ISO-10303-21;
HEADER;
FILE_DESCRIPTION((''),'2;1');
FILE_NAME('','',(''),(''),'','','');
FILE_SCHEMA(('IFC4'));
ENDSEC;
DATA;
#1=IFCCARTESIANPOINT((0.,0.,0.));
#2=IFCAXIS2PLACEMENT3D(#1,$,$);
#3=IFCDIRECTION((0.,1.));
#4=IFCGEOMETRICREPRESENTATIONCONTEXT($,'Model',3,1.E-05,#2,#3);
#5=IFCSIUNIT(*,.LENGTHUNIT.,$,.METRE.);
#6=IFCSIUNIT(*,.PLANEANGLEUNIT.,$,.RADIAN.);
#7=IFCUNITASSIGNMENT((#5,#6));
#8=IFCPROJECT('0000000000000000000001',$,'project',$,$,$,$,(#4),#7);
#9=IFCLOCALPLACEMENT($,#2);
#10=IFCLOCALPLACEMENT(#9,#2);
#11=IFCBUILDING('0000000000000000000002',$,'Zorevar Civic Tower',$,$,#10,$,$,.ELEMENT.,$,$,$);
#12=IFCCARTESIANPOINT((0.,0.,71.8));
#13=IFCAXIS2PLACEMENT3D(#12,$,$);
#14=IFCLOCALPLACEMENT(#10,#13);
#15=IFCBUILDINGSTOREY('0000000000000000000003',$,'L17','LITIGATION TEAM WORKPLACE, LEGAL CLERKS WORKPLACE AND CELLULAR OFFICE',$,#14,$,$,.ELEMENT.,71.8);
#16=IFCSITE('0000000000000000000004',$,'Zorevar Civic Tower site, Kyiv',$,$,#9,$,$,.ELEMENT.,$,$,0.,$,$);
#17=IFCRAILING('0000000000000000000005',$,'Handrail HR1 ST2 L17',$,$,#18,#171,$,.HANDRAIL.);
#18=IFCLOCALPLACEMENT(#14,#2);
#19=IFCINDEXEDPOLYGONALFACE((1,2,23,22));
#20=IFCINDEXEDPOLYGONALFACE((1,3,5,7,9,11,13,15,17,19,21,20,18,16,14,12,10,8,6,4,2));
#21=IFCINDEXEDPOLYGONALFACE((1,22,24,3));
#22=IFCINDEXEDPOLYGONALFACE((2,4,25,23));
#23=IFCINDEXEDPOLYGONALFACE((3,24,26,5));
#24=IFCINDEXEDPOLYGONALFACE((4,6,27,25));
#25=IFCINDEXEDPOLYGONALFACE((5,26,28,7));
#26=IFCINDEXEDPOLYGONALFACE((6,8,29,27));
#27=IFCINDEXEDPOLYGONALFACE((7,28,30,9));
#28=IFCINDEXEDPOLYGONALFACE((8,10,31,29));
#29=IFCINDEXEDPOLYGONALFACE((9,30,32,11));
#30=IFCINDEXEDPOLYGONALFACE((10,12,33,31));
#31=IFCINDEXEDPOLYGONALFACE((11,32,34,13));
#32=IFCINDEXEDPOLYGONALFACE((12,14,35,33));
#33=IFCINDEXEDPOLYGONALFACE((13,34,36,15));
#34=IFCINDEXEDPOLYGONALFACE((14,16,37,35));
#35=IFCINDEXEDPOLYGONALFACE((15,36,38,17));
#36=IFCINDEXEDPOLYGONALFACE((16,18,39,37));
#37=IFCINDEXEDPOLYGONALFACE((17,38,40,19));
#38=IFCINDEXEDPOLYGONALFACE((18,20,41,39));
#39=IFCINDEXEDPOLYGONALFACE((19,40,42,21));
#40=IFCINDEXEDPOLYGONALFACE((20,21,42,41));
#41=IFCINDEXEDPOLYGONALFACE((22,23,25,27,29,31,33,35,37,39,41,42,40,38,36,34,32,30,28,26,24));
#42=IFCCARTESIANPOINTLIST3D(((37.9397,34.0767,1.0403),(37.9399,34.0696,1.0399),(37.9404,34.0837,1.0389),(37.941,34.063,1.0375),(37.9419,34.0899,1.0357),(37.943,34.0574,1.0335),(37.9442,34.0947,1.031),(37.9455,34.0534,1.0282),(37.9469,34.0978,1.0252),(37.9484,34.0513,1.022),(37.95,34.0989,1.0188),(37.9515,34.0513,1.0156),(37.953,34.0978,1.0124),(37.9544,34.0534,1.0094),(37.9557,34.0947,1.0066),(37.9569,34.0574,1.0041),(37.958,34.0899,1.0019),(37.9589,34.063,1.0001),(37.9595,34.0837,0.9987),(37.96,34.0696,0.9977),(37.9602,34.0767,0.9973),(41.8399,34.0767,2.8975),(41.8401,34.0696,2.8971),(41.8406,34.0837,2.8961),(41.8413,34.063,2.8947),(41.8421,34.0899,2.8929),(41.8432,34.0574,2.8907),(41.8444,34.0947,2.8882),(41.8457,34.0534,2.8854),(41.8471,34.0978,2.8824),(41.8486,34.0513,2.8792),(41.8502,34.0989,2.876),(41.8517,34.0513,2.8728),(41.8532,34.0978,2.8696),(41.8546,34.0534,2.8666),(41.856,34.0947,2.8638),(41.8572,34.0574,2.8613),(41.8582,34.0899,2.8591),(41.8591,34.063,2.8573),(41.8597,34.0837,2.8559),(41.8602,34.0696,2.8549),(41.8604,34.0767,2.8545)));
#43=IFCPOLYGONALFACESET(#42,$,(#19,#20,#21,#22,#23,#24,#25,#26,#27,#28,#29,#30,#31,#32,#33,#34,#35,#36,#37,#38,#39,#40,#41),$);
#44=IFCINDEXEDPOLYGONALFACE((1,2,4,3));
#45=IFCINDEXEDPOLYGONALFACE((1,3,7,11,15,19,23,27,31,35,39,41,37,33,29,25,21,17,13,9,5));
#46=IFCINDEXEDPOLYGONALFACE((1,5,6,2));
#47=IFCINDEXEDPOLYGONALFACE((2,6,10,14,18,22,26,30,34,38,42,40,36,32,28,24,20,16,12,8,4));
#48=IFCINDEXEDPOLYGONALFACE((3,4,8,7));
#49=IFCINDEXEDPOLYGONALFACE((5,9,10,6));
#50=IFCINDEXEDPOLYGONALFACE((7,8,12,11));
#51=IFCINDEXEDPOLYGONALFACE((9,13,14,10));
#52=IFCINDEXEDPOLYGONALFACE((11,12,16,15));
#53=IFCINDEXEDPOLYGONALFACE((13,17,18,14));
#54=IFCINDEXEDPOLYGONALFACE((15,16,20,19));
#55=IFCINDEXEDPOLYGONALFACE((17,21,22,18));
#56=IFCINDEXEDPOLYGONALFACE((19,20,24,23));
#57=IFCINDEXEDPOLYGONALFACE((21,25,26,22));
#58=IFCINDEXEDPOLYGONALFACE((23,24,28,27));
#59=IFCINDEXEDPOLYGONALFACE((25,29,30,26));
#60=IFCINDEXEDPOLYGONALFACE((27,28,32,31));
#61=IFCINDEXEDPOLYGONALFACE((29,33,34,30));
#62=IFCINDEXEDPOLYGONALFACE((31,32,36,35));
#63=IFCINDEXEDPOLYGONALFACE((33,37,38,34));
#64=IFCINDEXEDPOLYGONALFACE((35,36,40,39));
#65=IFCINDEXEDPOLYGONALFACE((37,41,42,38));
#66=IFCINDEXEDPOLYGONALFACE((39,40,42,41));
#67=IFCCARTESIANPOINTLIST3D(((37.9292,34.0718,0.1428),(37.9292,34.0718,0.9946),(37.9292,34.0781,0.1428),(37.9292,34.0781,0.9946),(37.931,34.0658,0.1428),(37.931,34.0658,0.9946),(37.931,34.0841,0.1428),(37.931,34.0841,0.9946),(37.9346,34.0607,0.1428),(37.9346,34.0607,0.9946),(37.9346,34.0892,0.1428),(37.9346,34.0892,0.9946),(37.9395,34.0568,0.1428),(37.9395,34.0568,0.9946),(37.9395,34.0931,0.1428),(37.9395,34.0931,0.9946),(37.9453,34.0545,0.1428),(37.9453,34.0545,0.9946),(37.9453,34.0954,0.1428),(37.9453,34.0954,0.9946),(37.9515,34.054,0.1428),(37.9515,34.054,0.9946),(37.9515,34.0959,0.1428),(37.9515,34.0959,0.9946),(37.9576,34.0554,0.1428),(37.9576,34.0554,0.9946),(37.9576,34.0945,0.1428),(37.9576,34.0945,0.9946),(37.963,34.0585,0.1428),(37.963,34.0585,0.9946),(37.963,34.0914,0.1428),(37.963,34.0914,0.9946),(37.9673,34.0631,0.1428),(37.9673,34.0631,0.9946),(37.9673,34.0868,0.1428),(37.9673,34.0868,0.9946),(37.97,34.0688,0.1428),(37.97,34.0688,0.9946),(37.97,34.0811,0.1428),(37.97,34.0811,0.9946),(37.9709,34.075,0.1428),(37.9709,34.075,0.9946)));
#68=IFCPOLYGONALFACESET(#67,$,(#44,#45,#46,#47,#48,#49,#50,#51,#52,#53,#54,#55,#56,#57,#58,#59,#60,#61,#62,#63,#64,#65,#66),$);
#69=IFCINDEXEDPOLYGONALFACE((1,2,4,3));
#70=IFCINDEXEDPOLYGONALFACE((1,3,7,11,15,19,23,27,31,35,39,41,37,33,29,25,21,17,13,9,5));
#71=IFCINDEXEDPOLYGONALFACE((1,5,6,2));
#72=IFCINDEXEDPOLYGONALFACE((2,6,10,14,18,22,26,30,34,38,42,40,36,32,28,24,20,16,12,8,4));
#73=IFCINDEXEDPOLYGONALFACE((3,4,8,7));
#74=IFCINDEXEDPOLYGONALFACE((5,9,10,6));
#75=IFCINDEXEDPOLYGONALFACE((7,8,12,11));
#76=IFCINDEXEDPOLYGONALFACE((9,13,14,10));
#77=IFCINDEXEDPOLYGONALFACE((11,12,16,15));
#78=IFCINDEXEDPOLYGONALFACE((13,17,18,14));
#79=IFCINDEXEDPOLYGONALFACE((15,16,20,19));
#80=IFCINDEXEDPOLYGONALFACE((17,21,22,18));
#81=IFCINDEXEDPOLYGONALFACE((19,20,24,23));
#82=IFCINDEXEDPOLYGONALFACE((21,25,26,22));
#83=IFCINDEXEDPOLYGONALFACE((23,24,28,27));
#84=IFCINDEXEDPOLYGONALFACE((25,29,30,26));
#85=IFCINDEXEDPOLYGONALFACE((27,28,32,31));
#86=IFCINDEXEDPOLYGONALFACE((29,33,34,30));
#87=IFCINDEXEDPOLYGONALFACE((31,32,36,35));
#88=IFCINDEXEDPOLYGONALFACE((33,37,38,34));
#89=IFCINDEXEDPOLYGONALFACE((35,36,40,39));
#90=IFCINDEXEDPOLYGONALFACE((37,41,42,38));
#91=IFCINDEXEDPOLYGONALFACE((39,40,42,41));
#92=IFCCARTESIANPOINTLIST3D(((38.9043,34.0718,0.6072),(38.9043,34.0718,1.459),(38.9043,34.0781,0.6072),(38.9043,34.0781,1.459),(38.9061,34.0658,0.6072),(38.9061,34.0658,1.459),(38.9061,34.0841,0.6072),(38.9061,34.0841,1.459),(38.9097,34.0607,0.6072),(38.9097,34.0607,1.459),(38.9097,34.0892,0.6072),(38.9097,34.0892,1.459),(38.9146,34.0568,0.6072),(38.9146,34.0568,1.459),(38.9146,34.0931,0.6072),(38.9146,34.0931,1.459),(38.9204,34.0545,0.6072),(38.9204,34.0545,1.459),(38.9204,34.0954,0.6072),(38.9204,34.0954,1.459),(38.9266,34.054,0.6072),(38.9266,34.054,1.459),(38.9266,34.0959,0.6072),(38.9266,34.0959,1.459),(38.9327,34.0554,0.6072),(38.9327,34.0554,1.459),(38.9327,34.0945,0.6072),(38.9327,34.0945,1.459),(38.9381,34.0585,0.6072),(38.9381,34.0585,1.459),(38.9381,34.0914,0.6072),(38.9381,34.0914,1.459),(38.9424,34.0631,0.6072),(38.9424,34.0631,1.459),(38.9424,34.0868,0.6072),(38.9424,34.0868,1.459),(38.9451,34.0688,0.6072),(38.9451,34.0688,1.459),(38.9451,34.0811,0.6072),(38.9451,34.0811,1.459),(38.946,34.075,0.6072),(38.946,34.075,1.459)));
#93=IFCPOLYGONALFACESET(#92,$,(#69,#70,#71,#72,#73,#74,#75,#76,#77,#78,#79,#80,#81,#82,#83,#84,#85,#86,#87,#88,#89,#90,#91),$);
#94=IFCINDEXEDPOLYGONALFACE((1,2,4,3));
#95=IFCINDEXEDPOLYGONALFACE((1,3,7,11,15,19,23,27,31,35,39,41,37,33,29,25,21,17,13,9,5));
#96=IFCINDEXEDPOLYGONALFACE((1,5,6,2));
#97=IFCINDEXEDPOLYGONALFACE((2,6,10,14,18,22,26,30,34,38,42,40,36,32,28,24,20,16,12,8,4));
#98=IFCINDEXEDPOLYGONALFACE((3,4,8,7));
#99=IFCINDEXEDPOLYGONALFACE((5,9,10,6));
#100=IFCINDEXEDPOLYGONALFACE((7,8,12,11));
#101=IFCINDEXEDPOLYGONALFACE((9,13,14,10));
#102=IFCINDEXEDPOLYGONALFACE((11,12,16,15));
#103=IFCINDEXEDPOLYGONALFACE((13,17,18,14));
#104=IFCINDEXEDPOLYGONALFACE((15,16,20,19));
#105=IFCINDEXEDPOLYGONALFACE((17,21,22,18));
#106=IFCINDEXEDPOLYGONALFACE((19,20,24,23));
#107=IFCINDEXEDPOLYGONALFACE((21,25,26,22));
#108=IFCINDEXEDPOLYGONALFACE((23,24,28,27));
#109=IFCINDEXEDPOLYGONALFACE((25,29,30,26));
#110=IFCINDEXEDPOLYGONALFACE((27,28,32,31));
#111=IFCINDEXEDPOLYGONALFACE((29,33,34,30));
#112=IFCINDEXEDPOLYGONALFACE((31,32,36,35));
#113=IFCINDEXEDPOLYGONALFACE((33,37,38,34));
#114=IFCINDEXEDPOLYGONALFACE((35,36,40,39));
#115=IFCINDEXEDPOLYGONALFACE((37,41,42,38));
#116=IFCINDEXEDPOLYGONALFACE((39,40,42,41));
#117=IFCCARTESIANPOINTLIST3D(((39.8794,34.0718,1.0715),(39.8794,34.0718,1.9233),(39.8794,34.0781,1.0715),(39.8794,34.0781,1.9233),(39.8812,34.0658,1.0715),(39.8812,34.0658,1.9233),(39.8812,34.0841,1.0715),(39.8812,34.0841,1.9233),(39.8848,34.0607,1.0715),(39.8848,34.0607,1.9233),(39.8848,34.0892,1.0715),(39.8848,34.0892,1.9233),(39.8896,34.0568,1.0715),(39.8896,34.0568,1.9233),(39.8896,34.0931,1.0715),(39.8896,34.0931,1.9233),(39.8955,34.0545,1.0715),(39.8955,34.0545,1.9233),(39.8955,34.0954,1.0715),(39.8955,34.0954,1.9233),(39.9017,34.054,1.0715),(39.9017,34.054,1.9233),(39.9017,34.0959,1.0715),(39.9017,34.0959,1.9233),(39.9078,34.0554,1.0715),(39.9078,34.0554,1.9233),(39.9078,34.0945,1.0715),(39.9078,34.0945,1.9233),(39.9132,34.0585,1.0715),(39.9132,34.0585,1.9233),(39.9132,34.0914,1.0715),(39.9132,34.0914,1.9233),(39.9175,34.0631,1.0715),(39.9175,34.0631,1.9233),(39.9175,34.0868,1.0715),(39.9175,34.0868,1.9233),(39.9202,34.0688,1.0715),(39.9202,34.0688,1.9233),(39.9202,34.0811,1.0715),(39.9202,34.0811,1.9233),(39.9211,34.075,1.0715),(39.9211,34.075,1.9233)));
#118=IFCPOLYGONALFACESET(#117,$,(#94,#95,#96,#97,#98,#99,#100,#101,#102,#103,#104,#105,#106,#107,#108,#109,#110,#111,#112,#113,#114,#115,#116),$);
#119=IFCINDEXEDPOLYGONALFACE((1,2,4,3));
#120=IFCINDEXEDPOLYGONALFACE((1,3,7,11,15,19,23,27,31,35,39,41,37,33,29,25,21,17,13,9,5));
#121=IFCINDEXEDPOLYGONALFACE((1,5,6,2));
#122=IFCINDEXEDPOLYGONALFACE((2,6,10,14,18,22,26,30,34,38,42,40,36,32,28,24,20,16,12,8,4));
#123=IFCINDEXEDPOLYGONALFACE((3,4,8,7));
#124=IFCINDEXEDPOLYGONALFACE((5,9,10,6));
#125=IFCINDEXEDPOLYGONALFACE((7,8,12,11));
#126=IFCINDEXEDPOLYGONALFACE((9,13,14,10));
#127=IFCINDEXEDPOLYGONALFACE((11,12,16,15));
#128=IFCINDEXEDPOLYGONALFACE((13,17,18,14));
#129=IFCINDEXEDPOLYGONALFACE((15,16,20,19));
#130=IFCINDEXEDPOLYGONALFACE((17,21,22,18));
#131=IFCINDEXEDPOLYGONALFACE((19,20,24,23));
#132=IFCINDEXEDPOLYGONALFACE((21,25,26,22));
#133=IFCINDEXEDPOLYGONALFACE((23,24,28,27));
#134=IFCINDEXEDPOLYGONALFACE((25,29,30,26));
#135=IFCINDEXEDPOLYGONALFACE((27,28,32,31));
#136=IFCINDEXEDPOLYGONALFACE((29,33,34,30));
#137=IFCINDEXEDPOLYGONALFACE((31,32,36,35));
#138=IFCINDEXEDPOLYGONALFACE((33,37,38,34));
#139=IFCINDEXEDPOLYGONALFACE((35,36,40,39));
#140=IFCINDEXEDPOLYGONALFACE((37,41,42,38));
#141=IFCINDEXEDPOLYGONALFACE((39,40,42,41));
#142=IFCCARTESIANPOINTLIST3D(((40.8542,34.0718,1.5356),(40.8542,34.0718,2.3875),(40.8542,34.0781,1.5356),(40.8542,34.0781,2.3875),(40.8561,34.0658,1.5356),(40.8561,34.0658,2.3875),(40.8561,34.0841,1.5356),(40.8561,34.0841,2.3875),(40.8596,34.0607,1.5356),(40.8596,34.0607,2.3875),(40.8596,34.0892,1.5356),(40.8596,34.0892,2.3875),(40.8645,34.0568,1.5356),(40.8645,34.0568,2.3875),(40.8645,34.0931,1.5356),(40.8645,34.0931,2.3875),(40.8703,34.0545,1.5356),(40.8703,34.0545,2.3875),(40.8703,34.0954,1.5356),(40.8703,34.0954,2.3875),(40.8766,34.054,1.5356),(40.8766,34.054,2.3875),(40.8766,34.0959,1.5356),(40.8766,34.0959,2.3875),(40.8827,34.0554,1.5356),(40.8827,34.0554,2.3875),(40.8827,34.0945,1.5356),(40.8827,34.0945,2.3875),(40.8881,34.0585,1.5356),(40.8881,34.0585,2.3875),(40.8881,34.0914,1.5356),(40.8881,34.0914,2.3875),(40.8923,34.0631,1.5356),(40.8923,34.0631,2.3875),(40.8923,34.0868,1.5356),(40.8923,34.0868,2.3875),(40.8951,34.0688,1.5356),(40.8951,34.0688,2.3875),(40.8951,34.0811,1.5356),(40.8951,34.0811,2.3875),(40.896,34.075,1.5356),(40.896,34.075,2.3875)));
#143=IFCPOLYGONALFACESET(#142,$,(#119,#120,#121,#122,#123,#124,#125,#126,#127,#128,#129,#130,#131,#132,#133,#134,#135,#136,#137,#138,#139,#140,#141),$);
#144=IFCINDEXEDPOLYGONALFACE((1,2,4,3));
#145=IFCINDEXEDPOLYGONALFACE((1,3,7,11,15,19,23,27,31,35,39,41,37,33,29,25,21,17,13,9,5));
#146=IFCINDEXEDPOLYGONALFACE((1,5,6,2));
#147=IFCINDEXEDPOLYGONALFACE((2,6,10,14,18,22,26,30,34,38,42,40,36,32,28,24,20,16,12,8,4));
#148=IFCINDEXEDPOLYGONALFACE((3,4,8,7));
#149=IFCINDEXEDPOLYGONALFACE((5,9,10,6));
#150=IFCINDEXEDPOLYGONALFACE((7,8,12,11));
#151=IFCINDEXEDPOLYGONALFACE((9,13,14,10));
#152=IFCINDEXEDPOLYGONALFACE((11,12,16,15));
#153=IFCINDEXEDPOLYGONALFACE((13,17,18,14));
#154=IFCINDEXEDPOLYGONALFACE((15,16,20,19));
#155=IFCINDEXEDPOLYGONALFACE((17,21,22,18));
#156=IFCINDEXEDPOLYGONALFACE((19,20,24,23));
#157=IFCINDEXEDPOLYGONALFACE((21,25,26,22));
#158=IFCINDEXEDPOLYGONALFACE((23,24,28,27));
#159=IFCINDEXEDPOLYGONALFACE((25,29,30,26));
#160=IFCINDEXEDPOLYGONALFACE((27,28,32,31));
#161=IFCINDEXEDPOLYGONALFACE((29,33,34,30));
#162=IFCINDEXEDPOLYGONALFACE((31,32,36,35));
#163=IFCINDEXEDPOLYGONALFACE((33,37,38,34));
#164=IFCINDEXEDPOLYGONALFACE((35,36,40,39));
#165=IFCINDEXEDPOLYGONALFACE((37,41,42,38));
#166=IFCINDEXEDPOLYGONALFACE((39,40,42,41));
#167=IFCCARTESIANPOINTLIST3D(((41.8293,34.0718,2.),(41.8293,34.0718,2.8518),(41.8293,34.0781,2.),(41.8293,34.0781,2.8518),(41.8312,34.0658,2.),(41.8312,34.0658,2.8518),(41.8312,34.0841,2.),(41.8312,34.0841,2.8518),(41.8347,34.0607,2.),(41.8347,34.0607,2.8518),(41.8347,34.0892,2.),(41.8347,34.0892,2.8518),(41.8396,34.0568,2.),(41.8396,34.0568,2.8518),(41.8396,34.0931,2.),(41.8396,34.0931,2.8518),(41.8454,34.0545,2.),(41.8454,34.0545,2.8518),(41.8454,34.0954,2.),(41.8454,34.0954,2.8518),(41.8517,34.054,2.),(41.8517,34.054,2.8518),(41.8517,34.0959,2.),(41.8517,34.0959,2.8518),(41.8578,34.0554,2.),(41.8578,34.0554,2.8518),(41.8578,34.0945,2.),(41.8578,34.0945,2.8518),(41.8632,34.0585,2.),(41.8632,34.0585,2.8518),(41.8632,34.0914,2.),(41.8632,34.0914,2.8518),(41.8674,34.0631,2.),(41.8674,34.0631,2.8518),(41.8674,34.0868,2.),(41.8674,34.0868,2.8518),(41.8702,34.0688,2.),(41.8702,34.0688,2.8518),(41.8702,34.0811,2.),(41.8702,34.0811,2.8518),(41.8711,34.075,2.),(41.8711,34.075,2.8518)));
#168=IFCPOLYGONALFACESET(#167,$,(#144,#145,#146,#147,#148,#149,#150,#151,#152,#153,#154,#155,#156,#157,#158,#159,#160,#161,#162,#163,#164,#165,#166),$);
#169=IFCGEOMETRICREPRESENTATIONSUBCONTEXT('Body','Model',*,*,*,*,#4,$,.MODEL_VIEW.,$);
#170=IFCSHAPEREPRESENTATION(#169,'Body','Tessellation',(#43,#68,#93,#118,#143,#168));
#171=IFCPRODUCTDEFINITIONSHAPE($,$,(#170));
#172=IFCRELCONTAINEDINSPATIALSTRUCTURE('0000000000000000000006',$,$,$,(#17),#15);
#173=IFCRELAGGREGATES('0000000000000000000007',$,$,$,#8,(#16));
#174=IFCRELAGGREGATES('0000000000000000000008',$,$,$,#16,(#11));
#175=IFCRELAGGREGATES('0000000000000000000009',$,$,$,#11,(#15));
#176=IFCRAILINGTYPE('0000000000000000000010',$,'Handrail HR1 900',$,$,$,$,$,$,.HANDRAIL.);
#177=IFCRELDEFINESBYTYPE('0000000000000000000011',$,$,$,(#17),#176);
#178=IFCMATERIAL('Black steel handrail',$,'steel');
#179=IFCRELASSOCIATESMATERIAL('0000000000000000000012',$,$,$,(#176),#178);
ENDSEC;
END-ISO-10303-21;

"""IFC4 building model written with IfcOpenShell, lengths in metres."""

from ifc_helpers import new_model, si_unit, direction, frame, origin, origin_2d, place, context, subcontext, project, spatial, circle, extrude, material, type_object, element, save


model = new_model("IFC4")

# Units and contexts
model_context = context("Model", 3, precision=1e-05, world=origin(), true_north=direction((0.0, 1.0)))
body_context = subcontext(model_context, "Body", "Model", "MODEL_VIEW")
ifc_project = project(units=[si_unit("LENGTHUNIT", "METRE"), si_unit("PLANEANGLEUNIT", "RADIAN")], contexts=[model_context])

# Site, building, storey
site_placement = place(None, origin())
site = spatial("IfcSite", under=ifc_project, at=site_placement, Name="Zorevar Civic Tower site, Kyiv", CompositionType="ELEMENT", RefElevation=0.0)
building_placement = place(site_placement, origin())
building = spatial("IfcBuilding", under=site, at=building_placement, Name="Zorevar Civic Tower", CompositionType="ELEMENT")
storey_placement = place(building_placement, frame((0.0, 0.0, 71.8)))
storey = spatial("IfcBuildingStorey", under=building, at=storey_placement, Name="L17", Description="LITIGATION TEAM WORKPLACE, LEGAL CLERKS WORKPLACE AND CELLULAR OFFICE", CompositionType="ELEMENT", Elevation=71.8)

# Railing
ifc_material_1 = material(Name="Black steel handrail", Category="steel")
railing_type = type_object("IfcRailingType", Name="Handrail HR1 900", PredefinedType="HANDRAIL", material=ifc_material_1)
railing_1_placement = place(storey_placement, frame((37.95, 34.075, 0.1428)))
element("IfcRailing", 1, at=railing_1_placement, inside=storey, type_object=railing_type, Name="Handrail HR1 ST2 L17", PredefinedType="HANDRAIL", context=body_context, shape_type="SweptSolid", body=[
    extrude(circle(Radius=0.0239, at=origin_2d()), frame((0.0, 0.0, 0.876), z_axis=(0.902864, 0.0, 0.429927), x_axis=(0.0, 1.0, 0.0)), (0.0, 0.0, 1.0), 4.3198),
    extrude(circle(Radius=0.021, at=origin_2d()), origin(), (0.0, 0.0, 1.0), 0.8518),
    extrude(circle(Radius=0.021, at=origin_2d()), frame((0.9751, 0.0, 0.4644)), (0.0, 0.0, 1.0), 0.8518),
    extrude(circle(Radius=0.021, at=origin_2d()), frame((1.9502, 0.0, 0.9287)), (0.0, 0.0, 1.0), 0.8518),
    extrude(circle(Radius=0.021, at=origin_2d()), frame((2.925, 0.0, 1.3928)), (0.0, 0.0, 1.0), 0.8518),
    extrude(circle(Radius=0.021, at=origin_2d()), frame((3.9001, 0.0, 1.8572)), (0.0, 0.0, 1.0), 0.8518),
])

save(model, "model.ifc")
